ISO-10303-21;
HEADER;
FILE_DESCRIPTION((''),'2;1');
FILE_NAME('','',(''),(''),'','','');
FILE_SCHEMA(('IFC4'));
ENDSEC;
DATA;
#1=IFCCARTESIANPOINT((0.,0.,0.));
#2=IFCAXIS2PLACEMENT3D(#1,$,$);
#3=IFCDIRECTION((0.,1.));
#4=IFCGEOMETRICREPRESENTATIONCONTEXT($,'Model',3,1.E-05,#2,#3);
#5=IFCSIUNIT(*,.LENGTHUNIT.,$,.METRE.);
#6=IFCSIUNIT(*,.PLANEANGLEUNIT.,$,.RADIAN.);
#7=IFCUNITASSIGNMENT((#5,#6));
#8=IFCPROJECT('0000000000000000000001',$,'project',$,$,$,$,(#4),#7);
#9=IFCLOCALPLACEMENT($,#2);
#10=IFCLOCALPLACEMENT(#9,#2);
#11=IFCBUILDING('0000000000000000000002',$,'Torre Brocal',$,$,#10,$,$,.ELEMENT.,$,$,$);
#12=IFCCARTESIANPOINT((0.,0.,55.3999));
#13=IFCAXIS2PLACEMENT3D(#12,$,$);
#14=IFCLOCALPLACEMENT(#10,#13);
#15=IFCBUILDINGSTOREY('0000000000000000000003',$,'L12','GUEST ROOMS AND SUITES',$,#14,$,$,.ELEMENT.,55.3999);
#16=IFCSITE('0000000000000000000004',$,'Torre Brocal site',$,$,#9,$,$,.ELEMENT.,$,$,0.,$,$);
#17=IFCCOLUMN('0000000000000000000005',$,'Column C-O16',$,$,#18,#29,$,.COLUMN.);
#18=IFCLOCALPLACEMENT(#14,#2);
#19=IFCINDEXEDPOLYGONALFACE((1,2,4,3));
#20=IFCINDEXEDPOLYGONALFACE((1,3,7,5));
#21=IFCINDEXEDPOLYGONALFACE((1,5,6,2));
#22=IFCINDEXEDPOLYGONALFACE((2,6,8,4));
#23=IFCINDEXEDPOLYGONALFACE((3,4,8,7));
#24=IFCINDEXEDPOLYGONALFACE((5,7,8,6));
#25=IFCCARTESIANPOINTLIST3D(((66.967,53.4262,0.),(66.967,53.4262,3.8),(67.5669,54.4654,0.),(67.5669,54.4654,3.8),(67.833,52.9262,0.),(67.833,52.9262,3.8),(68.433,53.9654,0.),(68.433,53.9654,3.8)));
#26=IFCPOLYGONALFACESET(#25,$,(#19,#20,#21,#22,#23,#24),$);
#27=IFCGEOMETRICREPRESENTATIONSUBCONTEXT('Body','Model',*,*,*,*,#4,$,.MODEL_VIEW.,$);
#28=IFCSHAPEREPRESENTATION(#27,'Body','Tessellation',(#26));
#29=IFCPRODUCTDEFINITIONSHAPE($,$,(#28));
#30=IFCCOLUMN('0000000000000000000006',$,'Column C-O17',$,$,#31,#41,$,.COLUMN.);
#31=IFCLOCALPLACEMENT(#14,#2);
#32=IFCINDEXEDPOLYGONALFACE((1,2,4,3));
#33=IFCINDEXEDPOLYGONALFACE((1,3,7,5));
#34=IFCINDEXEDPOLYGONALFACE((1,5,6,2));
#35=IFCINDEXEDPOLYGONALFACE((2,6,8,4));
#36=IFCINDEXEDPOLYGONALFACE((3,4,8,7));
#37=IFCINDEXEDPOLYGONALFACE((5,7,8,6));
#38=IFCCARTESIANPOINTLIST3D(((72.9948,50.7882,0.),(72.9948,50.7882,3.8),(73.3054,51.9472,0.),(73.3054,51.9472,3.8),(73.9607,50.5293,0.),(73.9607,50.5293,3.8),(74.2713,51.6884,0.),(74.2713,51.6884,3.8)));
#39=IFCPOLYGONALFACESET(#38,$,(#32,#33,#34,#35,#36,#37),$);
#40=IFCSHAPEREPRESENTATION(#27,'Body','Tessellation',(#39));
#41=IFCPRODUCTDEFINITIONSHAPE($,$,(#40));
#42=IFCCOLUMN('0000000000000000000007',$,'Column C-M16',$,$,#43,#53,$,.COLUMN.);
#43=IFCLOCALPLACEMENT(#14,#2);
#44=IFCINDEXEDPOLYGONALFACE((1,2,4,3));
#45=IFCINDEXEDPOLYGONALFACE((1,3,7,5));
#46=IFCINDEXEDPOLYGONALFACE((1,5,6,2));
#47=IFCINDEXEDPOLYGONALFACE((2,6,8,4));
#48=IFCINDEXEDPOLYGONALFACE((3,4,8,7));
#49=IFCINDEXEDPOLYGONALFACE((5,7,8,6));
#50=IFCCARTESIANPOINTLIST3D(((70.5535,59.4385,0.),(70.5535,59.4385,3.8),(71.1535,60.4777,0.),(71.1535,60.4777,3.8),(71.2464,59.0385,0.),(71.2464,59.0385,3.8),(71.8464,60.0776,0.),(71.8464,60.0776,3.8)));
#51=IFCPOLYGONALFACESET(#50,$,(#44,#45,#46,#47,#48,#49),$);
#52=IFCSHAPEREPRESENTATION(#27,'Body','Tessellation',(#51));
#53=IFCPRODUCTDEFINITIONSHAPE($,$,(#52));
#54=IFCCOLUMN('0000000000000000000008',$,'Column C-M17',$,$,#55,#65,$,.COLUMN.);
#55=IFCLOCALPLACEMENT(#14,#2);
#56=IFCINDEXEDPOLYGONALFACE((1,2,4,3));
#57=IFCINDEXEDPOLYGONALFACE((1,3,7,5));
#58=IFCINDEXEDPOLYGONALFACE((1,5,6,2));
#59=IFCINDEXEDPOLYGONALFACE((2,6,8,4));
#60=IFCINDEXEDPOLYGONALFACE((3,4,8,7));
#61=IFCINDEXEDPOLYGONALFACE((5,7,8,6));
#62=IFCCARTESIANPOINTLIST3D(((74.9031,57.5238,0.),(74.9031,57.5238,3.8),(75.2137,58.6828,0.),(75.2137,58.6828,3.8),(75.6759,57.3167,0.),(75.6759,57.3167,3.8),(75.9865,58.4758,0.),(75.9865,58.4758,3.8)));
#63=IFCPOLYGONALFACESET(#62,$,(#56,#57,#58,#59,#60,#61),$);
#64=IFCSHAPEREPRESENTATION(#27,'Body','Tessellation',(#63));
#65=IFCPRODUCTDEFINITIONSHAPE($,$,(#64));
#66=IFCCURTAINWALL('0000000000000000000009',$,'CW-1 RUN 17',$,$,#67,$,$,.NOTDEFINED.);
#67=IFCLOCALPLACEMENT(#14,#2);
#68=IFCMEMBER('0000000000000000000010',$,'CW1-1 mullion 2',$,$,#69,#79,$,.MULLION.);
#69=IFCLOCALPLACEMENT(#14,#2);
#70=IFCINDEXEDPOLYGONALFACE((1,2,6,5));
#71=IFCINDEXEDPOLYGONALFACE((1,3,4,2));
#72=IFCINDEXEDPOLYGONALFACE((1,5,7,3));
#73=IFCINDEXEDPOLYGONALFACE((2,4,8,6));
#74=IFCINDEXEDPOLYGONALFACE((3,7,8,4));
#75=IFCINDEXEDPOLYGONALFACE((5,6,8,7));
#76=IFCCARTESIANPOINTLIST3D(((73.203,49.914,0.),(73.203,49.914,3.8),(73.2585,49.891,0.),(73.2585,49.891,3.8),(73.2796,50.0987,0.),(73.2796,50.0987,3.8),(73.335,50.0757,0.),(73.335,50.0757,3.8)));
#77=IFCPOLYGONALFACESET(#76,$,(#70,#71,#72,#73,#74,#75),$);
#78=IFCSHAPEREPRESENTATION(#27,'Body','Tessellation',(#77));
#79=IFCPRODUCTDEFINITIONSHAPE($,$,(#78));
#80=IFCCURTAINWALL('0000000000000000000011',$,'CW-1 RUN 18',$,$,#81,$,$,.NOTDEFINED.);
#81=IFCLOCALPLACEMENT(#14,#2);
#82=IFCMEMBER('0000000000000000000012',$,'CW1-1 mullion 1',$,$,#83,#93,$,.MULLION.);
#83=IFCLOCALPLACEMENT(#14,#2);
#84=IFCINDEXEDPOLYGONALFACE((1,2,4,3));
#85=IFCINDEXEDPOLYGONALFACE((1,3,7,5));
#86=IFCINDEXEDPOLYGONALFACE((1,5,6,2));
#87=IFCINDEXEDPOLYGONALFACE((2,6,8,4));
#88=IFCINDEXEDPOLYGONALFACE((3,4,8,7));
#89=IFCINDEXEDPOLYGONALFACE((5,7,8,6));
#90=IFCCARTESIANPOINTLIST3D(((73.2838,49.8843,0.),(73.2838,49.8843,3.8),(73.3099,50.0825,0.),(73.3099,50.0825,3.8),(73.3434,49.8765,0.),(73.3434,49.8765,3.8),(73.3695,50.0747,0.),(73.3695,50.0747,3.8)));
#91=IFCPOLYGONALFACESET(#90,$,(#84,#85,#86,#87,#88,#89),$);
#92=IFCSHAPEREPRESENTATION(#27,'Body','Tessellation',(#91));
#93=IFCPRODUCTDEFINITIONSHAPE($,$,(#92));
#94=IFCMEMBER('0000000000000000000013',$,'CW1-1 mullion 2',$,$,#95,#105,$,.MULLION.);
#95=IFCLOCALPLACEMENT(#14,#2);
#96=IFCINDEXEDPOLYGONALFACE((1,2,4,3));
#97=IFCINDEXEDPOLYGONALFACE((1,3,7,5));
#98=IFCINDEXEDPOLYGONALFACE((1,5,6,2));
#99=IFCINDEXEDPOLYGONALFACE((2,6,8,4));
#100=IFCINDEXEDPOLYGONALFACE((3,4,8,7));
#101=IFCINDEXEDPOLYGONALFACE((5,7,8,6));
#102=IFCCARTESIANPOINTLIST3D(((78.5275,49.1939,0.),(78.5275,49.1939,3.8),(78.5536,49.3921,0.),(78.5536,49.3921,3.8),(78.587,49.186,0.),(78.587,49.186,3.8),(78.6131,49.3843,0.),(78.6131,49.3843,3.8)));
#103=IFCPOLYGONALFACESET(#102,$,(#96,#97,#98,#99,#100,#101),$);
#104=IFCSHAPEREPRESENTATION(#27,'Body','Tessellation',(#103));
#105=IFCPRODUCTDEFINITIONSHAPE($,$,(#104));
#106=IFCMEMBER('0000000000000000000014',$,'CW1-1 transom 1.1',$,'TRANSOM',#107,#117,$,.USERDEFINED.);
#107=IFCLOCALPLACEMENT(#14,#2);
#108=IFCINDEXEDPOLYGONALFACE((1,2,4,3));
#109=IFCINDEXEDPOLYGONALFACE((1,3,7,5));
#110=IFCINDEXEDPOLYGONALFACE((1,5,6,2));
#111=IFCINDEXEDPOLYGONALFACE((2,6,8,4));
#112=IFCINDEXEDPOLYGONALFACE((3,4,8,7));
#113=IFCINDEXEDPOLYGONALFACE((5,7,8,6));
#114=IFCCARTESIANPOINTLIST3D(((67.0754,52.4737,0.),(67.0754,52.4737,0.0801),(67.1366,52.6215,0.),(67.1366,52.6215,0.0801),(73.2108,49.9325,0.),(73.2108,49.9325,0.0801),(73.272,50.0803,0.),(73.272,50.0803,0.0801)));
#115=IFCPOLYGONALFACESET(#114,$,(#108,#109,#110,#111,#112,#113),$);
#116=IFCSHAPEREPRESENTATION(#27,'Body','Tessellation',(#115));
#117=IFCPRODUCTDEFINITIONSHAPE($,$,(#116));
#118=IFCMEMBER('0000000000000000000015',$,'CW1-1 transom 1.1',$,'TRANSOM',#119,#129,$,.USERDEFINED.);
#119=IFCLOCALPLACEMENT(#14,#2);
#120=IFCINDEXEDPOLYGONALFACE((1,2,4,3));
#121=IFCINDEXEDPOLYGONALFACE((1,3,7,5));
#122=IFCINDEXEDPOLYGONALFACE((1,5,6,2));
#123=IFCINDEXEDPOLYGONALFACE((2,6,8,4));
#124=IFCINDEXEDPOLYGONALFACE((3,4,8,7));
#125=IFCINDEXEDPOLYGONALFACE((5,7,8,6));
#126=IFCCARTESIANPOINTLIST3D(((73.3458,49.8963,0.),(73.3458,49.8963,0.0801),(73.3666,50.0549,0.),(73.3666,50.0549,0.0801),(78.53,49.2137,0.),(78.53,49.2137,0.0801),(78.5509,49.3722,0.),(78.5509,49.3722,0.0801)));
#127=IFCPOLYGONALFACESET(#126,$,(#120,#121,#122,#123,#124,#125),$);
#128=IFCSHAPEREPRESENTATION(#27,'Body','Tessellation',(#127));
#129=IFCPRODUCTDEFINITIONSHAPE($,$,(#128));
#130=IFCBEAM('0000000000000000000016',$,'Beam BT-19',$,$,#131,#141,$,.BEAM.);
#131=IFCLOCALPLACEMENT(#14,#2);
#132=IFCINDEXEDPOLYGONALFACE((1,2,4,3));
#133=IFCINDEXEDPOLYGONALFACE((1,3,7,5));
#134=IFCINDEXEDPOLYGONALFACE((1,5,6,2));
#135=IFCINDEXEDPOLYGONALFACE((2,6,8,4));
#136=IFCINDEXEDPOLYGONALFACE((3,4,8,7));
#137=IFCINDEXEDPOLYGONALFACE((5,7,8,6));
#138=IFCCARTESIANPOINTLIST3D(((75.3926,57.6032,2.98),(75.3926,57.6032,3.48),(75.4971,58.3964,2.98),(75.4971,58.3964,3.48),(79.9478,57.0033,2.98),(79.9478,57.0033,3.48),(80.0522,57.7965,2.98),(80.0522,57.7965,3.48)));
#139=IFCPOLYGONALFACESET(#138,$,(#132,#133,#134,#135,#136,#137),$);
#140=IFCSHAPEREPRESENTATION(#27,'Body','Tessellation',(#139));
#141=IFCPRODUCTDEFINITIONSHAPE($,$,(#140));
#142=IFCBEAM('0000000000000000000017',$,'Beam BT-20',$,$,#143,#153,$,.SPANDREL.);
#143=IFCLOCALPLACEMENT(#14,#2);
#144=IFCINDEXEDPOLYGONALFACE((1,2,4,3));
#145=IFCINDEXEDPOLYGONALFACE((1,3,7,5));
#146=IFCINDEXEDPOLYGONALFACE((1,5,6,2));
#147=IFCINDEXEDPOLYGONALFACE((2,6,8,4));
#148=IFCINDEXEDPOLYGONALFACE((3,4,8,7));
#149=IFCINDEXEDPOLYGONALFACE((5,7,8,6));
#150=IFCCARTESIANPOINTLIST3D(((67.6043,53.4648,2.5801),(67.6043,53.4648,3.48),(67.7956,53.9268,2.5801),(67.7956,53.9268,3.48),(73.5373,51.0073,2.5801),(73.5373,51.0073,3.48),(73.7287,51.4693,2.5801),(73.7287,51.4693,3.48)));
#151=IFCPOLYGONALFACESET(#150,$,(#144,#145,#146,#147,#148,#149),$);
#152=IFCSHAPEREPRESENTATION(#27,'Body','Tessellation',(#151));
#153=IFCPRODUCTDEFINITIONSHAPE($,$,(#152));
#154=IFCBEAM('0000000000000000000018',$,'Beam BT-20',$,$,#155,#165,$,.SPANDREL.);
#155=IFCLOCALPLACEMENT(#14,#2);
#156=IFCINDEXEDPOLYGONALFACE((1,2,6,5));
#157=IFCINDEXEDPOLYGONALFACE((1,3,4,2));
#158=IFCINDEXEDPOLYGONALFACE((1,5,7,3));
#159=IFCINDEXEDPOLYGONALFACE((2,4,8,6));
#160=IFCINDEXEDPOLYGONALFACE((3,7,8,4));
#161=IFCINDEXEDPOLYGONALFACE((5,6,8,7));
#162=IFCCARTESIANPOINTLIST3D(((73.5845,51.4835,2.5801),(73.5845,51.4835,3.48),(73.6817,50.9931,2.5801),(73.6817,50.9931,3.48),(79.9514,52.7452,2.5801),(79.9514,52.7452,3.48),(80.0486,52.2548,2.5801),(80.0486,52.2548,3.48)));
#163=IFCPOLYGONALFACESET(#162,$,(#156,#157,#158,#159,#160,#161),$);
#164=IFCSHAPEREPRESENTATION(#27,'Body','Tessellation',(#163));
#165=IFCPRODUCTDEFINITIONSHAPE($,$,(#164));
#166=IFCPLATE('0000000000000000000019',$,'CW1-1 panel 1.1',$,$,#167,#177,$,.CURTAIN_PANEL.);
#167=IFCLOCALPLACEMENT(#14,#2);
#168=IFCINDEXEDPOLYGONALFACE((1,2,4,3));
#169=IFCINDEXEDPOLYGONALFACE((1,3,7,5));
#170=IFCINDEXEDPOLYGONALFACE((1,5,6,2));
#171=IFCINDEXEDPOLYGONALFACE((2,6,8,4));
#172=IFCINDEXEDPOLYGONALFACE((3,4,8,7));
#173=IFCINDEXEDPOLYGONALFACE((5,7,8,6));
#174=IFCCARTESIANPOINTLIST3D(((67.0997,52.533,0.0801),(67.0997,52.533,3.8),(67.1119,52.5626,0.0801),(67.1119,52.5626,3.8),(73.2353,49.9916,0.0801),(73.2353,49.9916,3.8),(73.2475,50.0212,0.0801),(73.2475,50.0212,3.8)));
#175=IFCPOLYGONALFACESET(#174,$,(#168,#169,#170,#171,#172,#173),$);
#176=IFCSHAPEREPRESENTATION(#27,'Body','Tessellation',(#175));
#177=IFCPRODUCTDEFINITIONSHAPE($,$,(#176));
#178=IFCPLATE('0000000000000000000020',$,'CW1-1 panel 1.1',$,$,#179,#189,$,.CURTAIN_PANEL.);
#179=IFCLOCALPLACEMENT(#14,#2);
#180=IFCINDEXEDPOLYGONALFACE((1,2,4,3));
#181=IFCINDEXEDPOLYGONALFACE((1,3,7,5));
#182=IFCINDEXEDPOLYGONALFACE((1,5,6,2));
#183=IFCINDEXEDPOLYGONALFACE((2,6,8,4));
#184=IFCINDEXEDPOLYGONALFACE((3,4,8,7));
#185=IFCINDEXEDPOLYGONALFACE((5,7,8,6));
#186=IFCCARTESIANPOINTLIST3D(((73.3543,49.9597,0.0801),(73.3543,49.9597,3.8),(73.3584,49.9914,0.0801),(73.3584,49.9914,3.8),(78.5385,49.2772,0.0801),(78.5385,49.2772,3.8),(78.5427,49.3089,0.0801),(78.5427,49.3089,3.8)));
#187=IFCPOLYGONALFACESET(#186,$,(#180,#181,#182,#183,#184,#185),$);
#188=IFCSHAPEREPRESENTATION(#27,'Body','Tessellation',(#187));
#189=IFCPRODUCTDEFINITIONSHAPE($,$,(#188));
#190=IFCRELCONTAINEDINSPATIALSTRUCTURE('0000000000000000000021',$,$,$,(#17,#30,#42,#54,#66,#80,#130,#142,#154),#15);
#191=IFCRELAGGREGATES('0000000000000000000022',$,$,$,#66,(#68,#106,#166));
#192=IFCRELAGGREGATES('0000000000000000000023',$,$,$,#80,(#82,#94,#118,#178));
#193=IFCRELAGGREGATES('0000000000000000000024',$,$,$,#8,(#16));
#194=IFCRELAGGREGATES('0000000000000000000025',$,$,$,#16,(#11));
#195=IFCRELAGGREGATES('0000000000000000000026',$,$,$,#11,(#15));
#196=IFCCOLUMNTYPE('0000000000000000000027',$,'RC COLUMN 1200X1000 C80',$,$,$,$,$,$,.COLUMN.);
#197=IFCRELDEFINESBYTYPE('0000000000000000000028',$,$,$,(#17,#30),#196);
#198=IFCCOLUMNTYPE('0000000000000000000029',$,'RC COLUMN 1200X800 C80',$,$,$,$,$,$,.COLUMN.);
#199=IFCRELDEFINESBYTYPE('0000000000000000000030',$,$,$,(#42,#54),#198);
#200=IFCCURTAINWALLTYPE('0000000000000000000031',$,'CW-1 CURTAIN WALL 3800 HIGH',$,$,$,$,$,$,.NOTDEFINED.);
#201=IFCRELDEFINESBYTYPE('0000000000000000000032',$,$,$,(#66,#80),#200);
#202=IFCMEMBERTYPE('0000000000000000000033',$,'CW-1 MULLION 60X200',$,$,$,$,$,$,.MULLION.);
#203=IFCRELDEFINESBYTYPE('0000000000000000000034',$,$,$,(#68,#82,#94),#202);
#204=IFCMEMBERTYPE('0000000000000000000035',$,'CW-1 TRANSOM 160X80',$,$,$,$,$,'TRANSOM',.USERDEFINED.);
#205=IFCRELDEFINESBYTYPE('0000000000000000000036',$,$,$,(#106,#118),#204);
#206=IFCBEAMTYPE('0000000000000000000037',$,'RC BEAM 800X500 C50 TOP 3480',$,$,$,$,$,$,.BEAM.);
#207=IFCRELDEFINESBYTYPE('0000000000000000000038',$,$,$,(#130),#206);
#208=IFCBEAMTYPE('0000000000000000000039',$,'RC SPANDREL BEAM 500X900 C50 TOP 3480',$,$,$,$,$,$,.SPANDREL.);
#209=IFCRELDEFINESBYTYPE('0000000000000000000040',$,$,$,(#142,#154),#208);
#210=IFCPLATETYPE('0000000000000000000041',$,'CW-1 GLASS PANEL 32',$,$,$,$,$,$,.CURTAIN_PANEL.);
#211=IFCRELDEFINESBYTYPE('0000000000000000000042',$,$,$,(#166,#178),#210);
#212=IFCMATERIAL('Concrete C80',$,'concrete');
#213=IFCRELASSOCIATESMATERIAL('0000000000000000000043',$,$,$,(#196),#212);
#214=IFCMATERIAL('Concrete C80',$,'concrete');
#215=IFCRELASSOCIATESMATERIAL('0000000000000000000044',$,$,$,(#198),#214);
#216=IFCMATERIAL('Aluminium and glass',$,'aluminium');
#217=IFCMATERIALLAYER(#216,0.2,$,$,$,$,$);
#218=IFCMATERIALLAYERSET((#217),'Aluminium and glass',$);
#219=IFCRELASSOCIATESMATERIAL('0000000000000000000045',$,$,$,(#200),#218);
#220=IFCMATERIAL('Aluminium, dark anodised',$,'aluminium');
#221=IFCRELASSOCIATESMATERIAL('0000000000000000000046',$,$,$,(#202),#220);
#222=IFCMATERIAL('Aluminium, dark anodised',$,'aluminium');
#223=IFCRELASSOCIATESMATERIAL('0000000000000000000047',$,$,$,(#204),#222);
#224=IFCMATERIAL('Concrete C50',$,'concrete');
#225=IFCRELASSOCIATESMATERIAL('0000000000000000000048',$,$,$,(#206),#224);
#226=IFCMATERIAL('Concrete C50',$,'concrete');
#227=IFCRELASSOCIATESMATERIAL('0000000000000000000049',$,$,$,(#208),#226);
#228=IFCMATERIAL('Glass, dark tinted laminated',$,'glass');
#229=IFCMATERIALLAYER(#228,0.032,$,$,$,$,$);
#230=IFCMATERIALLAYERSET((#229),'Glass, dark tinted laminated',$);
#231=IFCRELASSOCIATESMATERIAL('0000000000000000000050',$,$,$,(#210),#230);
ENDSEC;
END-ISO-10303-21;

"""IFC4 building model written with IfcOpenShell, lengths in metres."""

from ifc_helpers import new_model, si_unit, direction, frame, origin, origin_2d, place, context, subcontext, project, spatial, rectangle, extrude, material, layer, layer_set, material_profile, profile_set, type_object, element, aggregate, save


model = new_model("IFC4")

# Units and contexts
model_context = context("Model", 3, precision=1e-05, world=origin(), true_north=direction((0.0, 1.0)))
body_context = subcontext(model_context, "Body", "Model", "MODEL_VIEW")
ifc_project = project(units=[si_unit("LENGTHUNIT", "METRE"), si_unit("PLANEANGLEUNIT", "RADIAN")], contexts=[model_context])

# Site, building, storey
site_placement = place(None, origin())
site = spatial("IfcSite", under=ifc_project, at=site_placement, Name="Torre Brocal site", CompositionType="ELEMENT", RefElevation=0.0)
building_placement = place(site_placement, origin())
building = spatial("IfcBuilding", under=site, at=building_placement, Name="Torre Brocal", CompositionType="ELEMENT")
storey_placement = place(building_placement, frame((0.0, 0.0, 55.3999)))
storey = spatial("IfcBuildingStorey", under=building, at=storey_placement, Name="L12", Description="GUEST ROOMS AND SUITES", CompositionType="ELEMENT", Elevation=55.3999)

# Columns
ifc_material_1 = material(Name="Concrete C80", Category="concrete")
ifc_material_profile_1 = material_profile(ifc_material_1, rectangle(XDim=1.2, YDim=1.0, at=origin_2d()), Name="RC 1200X1000")
ifc_profile_set_1 = profile_set([ifc_material_profile_1], Name="Concrete C80")
column_type_1 = type_object("IfcColumnType", Name="RC COLUMN 1200X1000 C80", PredefinedType="COLUMN", material=ifc_profile_set_1)
for number, where, z_axis, x_axis, name in (
    (1, (67.7, 53.6958, 0.0), (0.0, 0.0, 1.0), (-0.5, -0.866025, 0.0), "Column C-O16"),
    (2, (73.6331, 51.2383, 0.0), (0.0, 0.0, 1.0), (-0.258819, -0.965926, 0.0), "Column C-O17"),
):
    element("IfcColumn", number, at=place(storey_placement, frame(where, z_axis=z_axis, x_axis=x_axis)), inside=storey, type_object=column_type_1, Name=name, PredefinedType="COLUMN", context=body_context, shape_type="SweptSolid", body=[
        extrude(rectangle(XDim=1.2, YDim=1.0, at=origin_2d()), origin(), (0.0, 0.0, 1.0), 3.8),
    ])
ifc_material_2 = material(Name="Concrete C80", Category="concrete")
ifc_material_profile_2 = material_profile(ifc_material_2, rectangle(XDim=1.2, YDim=0.8, at=origin_2d()), Name="RC 1200X800")
ifc_profile_set_2 = profile_set([ifc_material_profile_2], Name="Concrete C80")
column_type_2 = type_object("IfcColumnType", Name="RC COLUMN 1200X800 C80", PredefinedType="COLUMN", material=ifc_profile_set_2)
for number, where, z_axis, x_axis, name in (
    (3, (71.2, 59.7581, 0.0), (0.0, 0.0, 1.0), (-0.5, -0.866025, 0.0), "Column C-M16"),
    (4, (75.4448, 57.9998, 0.0), (0.0, 0.0, 1.0), (-0.258819, -0.965926, 0.0), "Column C-M17"),
):
    element("IfcColumn", number, at=place(storey_placement, frame(where, z_axis=z_axis, x_axis=x_axis)), inside=storey, type_object=column_type_2, Name=name, PredefinedType="COLUMN", context=body_context, shape_type="SweptSolid", body=[
        extrude(rectangle(XDim=1.2, YDim=0.8, at=origin_2d()), origin(), (0.0, 0.0, 1.0), 3.8),
    ])

# Curtain wall, member
ifc_material_3 = material(Name="Aluminium and glass", Category="aluminium")
ifc_layer_1 = layer(ifc_material_3, 0.2)
ifc_layer_set_1 = layer_set([ifc_layer_1], Name="Aluminium and glass")
curtain_wall_type = type_object("IfcCurtainWallType", Name="CW-1 CURTAIN WALL 3800 HIGH", PredefinedType="NOTDEFINED", material=ifc_layer_set_1)
curtain_wall_1_placement = place(storey_placement, origin())
curtain_wall_1 = element("IfcCurtainWall", 5, at=curtain_wall_1_placement, inside=storey, type_object=curtain_wall_type, Name="CW-1 RUN 17", PredefinedType="NOTDEFINED")
ifc_material_4 = material(Name="Aluminium, dark anodised", Category="aluminium")
ifc_material_profile_3 = material_profile(ifc_material_4, rectangle(XDim=0.2, YDim=0.0601, at=origin_2d()), Name="CW-1 MULLION 60X200")
ifc_profile_set_3 = profile_set([ifc_material_profile_3], Name="Aluminium, dark anodised")
member_type_1 = type_object("IfcMemberType", Name="CW-1 MULLION 60X200", PredefinedType="MULLION", material=ifc_profile_set_3)
member_1_placement = place(storey_placement, frame((73.269, 49.9949, 0.0), z_axis=(0.0, 0.0, 1.0), x_axis=(0.382683, 0.92388, 0.0)))
member_1 = element("IfcMember", 6, at=member_1_placement, type_object=member_type_1, Name="CW1-1 mullion 2", PredefinedType="MULLION", context=body_context, shape_type="SweptSolid", body=[
    extrude(rectangle(XDim=0.2, YDim=0.0601, at=origin_2d()), origin(), (0.0, 0.0, 1.0), 3.8),
])

# Curtain wall, members
curtain_wall_2_placement = place(storey_placement, origin())
curtain_wall_2 = element("IfcCurtainWall", 7, at=curtain_wall_2_placement, inside=storey, type_object=curtain_wall_type, Name="CW-1 RUN 18", PredefinedType="NOTDEFINED")
member_2_placement = place(storey_placement, frame((73.3267, 49.9795, 0.0), z_axis=(0.0, 0.0, 1.0), x_axis=(0.130526, 0.991445, 0.0)))
member_2 = element("IfcMember", 8, at=member_2_placement, type_object=member_type_1, Name="CW1-1 mullion 1", PredefinedType="MULLION", context=body_context, shape_type="SweptSolid", body=[
    extrude(rectangle(XDim=0.2, YDim=0.0601, at=origin_2d()), origin(), (0.0, 0.0, 1.0), 3.8),
])
member_3_placement = place(storey_placement, frame((78.5703, 49.2891, 0.0), z_axis=(0.0, 0.0, 1.0), x_axis=(0.130526, 0.991445, 0.0)))
member_3 = element("IfcMember", 9, at=member_3_placement, type_object=member_type_1, Name="CW1-1 mullion 2", PredefinedType="MULLION", context=body_context, shape_type="SweptSolid", body=[
    extrude(rectangle(XDim=0.2, YDim=0.0601, at=origin_2d()), origin(), (0.0, 0.0, 1.0), 3.8),
])

# Members
ifc_material_5 = material(Name="Aluminium, dark anodised", Category="aluminium")
ifc_material_profile_4 = material_profile(ifc_material_5, rectangle(XDim=0.1599, YDim=0.0801, at=origin_2d()), Name="CW-1 TRANSOM 160X80")
ifc_profile_set_4 = profile_set([ifc_material_profile_4], Name="Aluminium, dark anodised")
member_type_2 = type_object("IfcMemberType", Name="CW-1 TRANSOM 160X80", ElementType="TRANSOM", PredefinedType="USERDEFINED", material=ifc_profile_set_4)
member_4_placement = place(storey_placement, frame((67.106, 52.5476, 0.04), z_axis=(0.923887, -0.382665, 0.0), x_axis=(0.382665, 0.923887, 0.0)))
member_4 = element("IfcMember", 10, at=member_4_placement, type_object=member_type_2, Name="CW1-1 transom 1.1", ObjectType="TRANSOM", PredefinedType="USERDEFINED", context=body_context, shape_type="SweptSolid", body=[
    extrude(rectangle(XDim=0.1599, YDim=0.0801, at=origin_2d()), origin(), (0.0, 0.0, 1.0), 6.6409),
])
member_5_placement = place(storey_placement, frame((73.3562, 49.9756, 0.04), z_axis=(0.991443, -0.130543, 0.0), x_axis=(0.130543, 0.991443, 0.0)))
member_5 = element("IfcMember", 11, at=member_5_placement, type_object=member_type_2, Name="CW1-1 transom 1.1", ObjectType="TRANSOM", PredefinedType="USERDEFINED", context=body_context, shape_type="SweptSolid", body=[
    extrude(rectangle(XDim=0.1599, YDim=0.0801, at=origin_2d()), origin(), (0.0, 0.0, 1.0), 5.229),
])

# Beams
ifc_material_6 = material(Name="Concrete C50", Category="concrete")
ifc_material_profile_5 = material_profile(ifc_material_6, rectangle(XDim=0.8, YDim=0.5, at=origin_2d()), Name="RC 800X500")
ifc_profile_set_5 = profile_set([ifc_material_profile_5], Name="Concrete C50")
beam_type_1 = type_object("IfcBeamType", Name="RC BEAM 800X500 C50 TOP 3480", PredefinedType="BEAM", material=ifc_profile_set_5)
beam_1_placement = place(storey_placement, frame((75.4448, 57.9998, 3.23), z_axis=(0.991441, -0.130559, 0.0), x_axis=(0.130559, 0.991441, 0.0)))
element("IfcBeam", 12, at=beam_1_placement, inside=storey, type_object=beam_type_1, Name="Beam BT-19", PredefinedType="BEAM", context=body_context, shape_type="SweptSolid", body=[
    extrude(rectangle(XDim=0.8, YDim=0.5, at=origin_2d()), origin(), (0.0, 0.0, 1.0), 4.5945),
])
ifc_material_7 = material(Name="Concrete C50", Category="concrete")
ifc_material_profile_6 = material_profile(ifc_material_7, rectangle(XDim=0.5, YDim=0.8999, at=origin_2d()), Name="RC 500X900")
ifc_profile_set_6 = profile_set([ifc_material_profile_6], Name="Concrete C50")
beam_type_2 = type_object("IfcBeamType", Name="RC SPANDREL BEAM 500X900 C50 TOP 3480", PredefinedType="SPANDREL", material=ifc_profile_set_6)
beam_2_placement = place(storey_placement, frame((67.7, 53.6958, 3.03), z_axis=(0.923882, -0.382676, 0.0), x_axis=(0.382676, 0.923882, 0.0)))
element("IfcBeam", 13, at=beam_2_placement, inside=storey, type_object=beam_type_2, Name="Beam BT-20", PredefinedType="SPANDREL", context=body_context, shape_type="SweptSolid", body=[
    extrude(rectangle(XDim=0.5, YDim=0.8999, at=origin_2d()), origin(), (0.0, 0.0, 1.0), 6.4219),
])
beam_3_placement = place(storey_placement, frame((73.6331, 51.2383, 3.03), z_axis=(0.980925, 0.194387, 0.0), x_axis=(-0.194387, 0.980925, 0.0)))
element("IfcBeam", 14, at=beam_3_placement, inside=storey, type_object=beam_type_2, Name="Beam BT-20", PredefinedType="SPANDREL", context=body_context, shape_type="SweptSolid", body=[
    extrude(rectangle(XDim=0.5, YDim=0.8999, at=origin_2d()), origin(), (0.0, 0.0, 1.0), 6.4907),
])

# Plates
ifc_material_8 = material(Name="Glass, dark tinted laminated", Category="glass")
ifc_layer_2 = layer(ifc_material_8, 0.032)
ifc_layer_set_2 = layer_set([ifc_layer_2], Name="Glass, dark tinted laminated")
plate_type = type_object("IfcPlateType", Name="CW-1 GLASS PANEL 32", PredefinedType="CURTAIN_PANEL", material=ifc_layer_set_2)
plate_1_placement = place(storey_placement, frame((70.1736, 51.2771, 0.0801), z_axis=(0.0, 0.0, 1.0), x_axis=(0.92388, -0.382683, 0.0)))
plate_1 = element("IfcPlate", 15, at=plate_1_placement, type_object=plate_type, Name="CW1-1 panel 1.1", PredefinedType="CURTAIN_PANEL", context=body_context, shape_type="SweptSolid", body=[
    extrude(rectangle(XDim=6.6411, YDim=0.032, at=origin_2d()), origin(), (0.0, 0.0, 1.0), 3.72),
])
aggregate(curtain_wall_1, [member_1, member_4, plate_1])
plate_2_placement = place(storey_placement, frame((75.9485, 49.6343, 0.0801), z_axis=(0.0, 0.0, 1.0), x_axis=(0.991445, -0.130526, 0.0)))
plate_2 = element("IfcPlate", 16, at=plate_2_placement, type_object=plate_type, Name="CW1-1 panel 1.1", PredefinedType="CURTAIN_PANEL", context=body_context, shape_type="SweptSolid", body=[
    extrude(rectangle(XDim=5.229, YDim=0.032, at=origin_2d()), origin(), (0.0, 0.0, 1.0), 3.72),
])
aggregate(curtain_wall_2, [member_2, member_3, member_5, plate_2])

save(model, "model.ifc")
